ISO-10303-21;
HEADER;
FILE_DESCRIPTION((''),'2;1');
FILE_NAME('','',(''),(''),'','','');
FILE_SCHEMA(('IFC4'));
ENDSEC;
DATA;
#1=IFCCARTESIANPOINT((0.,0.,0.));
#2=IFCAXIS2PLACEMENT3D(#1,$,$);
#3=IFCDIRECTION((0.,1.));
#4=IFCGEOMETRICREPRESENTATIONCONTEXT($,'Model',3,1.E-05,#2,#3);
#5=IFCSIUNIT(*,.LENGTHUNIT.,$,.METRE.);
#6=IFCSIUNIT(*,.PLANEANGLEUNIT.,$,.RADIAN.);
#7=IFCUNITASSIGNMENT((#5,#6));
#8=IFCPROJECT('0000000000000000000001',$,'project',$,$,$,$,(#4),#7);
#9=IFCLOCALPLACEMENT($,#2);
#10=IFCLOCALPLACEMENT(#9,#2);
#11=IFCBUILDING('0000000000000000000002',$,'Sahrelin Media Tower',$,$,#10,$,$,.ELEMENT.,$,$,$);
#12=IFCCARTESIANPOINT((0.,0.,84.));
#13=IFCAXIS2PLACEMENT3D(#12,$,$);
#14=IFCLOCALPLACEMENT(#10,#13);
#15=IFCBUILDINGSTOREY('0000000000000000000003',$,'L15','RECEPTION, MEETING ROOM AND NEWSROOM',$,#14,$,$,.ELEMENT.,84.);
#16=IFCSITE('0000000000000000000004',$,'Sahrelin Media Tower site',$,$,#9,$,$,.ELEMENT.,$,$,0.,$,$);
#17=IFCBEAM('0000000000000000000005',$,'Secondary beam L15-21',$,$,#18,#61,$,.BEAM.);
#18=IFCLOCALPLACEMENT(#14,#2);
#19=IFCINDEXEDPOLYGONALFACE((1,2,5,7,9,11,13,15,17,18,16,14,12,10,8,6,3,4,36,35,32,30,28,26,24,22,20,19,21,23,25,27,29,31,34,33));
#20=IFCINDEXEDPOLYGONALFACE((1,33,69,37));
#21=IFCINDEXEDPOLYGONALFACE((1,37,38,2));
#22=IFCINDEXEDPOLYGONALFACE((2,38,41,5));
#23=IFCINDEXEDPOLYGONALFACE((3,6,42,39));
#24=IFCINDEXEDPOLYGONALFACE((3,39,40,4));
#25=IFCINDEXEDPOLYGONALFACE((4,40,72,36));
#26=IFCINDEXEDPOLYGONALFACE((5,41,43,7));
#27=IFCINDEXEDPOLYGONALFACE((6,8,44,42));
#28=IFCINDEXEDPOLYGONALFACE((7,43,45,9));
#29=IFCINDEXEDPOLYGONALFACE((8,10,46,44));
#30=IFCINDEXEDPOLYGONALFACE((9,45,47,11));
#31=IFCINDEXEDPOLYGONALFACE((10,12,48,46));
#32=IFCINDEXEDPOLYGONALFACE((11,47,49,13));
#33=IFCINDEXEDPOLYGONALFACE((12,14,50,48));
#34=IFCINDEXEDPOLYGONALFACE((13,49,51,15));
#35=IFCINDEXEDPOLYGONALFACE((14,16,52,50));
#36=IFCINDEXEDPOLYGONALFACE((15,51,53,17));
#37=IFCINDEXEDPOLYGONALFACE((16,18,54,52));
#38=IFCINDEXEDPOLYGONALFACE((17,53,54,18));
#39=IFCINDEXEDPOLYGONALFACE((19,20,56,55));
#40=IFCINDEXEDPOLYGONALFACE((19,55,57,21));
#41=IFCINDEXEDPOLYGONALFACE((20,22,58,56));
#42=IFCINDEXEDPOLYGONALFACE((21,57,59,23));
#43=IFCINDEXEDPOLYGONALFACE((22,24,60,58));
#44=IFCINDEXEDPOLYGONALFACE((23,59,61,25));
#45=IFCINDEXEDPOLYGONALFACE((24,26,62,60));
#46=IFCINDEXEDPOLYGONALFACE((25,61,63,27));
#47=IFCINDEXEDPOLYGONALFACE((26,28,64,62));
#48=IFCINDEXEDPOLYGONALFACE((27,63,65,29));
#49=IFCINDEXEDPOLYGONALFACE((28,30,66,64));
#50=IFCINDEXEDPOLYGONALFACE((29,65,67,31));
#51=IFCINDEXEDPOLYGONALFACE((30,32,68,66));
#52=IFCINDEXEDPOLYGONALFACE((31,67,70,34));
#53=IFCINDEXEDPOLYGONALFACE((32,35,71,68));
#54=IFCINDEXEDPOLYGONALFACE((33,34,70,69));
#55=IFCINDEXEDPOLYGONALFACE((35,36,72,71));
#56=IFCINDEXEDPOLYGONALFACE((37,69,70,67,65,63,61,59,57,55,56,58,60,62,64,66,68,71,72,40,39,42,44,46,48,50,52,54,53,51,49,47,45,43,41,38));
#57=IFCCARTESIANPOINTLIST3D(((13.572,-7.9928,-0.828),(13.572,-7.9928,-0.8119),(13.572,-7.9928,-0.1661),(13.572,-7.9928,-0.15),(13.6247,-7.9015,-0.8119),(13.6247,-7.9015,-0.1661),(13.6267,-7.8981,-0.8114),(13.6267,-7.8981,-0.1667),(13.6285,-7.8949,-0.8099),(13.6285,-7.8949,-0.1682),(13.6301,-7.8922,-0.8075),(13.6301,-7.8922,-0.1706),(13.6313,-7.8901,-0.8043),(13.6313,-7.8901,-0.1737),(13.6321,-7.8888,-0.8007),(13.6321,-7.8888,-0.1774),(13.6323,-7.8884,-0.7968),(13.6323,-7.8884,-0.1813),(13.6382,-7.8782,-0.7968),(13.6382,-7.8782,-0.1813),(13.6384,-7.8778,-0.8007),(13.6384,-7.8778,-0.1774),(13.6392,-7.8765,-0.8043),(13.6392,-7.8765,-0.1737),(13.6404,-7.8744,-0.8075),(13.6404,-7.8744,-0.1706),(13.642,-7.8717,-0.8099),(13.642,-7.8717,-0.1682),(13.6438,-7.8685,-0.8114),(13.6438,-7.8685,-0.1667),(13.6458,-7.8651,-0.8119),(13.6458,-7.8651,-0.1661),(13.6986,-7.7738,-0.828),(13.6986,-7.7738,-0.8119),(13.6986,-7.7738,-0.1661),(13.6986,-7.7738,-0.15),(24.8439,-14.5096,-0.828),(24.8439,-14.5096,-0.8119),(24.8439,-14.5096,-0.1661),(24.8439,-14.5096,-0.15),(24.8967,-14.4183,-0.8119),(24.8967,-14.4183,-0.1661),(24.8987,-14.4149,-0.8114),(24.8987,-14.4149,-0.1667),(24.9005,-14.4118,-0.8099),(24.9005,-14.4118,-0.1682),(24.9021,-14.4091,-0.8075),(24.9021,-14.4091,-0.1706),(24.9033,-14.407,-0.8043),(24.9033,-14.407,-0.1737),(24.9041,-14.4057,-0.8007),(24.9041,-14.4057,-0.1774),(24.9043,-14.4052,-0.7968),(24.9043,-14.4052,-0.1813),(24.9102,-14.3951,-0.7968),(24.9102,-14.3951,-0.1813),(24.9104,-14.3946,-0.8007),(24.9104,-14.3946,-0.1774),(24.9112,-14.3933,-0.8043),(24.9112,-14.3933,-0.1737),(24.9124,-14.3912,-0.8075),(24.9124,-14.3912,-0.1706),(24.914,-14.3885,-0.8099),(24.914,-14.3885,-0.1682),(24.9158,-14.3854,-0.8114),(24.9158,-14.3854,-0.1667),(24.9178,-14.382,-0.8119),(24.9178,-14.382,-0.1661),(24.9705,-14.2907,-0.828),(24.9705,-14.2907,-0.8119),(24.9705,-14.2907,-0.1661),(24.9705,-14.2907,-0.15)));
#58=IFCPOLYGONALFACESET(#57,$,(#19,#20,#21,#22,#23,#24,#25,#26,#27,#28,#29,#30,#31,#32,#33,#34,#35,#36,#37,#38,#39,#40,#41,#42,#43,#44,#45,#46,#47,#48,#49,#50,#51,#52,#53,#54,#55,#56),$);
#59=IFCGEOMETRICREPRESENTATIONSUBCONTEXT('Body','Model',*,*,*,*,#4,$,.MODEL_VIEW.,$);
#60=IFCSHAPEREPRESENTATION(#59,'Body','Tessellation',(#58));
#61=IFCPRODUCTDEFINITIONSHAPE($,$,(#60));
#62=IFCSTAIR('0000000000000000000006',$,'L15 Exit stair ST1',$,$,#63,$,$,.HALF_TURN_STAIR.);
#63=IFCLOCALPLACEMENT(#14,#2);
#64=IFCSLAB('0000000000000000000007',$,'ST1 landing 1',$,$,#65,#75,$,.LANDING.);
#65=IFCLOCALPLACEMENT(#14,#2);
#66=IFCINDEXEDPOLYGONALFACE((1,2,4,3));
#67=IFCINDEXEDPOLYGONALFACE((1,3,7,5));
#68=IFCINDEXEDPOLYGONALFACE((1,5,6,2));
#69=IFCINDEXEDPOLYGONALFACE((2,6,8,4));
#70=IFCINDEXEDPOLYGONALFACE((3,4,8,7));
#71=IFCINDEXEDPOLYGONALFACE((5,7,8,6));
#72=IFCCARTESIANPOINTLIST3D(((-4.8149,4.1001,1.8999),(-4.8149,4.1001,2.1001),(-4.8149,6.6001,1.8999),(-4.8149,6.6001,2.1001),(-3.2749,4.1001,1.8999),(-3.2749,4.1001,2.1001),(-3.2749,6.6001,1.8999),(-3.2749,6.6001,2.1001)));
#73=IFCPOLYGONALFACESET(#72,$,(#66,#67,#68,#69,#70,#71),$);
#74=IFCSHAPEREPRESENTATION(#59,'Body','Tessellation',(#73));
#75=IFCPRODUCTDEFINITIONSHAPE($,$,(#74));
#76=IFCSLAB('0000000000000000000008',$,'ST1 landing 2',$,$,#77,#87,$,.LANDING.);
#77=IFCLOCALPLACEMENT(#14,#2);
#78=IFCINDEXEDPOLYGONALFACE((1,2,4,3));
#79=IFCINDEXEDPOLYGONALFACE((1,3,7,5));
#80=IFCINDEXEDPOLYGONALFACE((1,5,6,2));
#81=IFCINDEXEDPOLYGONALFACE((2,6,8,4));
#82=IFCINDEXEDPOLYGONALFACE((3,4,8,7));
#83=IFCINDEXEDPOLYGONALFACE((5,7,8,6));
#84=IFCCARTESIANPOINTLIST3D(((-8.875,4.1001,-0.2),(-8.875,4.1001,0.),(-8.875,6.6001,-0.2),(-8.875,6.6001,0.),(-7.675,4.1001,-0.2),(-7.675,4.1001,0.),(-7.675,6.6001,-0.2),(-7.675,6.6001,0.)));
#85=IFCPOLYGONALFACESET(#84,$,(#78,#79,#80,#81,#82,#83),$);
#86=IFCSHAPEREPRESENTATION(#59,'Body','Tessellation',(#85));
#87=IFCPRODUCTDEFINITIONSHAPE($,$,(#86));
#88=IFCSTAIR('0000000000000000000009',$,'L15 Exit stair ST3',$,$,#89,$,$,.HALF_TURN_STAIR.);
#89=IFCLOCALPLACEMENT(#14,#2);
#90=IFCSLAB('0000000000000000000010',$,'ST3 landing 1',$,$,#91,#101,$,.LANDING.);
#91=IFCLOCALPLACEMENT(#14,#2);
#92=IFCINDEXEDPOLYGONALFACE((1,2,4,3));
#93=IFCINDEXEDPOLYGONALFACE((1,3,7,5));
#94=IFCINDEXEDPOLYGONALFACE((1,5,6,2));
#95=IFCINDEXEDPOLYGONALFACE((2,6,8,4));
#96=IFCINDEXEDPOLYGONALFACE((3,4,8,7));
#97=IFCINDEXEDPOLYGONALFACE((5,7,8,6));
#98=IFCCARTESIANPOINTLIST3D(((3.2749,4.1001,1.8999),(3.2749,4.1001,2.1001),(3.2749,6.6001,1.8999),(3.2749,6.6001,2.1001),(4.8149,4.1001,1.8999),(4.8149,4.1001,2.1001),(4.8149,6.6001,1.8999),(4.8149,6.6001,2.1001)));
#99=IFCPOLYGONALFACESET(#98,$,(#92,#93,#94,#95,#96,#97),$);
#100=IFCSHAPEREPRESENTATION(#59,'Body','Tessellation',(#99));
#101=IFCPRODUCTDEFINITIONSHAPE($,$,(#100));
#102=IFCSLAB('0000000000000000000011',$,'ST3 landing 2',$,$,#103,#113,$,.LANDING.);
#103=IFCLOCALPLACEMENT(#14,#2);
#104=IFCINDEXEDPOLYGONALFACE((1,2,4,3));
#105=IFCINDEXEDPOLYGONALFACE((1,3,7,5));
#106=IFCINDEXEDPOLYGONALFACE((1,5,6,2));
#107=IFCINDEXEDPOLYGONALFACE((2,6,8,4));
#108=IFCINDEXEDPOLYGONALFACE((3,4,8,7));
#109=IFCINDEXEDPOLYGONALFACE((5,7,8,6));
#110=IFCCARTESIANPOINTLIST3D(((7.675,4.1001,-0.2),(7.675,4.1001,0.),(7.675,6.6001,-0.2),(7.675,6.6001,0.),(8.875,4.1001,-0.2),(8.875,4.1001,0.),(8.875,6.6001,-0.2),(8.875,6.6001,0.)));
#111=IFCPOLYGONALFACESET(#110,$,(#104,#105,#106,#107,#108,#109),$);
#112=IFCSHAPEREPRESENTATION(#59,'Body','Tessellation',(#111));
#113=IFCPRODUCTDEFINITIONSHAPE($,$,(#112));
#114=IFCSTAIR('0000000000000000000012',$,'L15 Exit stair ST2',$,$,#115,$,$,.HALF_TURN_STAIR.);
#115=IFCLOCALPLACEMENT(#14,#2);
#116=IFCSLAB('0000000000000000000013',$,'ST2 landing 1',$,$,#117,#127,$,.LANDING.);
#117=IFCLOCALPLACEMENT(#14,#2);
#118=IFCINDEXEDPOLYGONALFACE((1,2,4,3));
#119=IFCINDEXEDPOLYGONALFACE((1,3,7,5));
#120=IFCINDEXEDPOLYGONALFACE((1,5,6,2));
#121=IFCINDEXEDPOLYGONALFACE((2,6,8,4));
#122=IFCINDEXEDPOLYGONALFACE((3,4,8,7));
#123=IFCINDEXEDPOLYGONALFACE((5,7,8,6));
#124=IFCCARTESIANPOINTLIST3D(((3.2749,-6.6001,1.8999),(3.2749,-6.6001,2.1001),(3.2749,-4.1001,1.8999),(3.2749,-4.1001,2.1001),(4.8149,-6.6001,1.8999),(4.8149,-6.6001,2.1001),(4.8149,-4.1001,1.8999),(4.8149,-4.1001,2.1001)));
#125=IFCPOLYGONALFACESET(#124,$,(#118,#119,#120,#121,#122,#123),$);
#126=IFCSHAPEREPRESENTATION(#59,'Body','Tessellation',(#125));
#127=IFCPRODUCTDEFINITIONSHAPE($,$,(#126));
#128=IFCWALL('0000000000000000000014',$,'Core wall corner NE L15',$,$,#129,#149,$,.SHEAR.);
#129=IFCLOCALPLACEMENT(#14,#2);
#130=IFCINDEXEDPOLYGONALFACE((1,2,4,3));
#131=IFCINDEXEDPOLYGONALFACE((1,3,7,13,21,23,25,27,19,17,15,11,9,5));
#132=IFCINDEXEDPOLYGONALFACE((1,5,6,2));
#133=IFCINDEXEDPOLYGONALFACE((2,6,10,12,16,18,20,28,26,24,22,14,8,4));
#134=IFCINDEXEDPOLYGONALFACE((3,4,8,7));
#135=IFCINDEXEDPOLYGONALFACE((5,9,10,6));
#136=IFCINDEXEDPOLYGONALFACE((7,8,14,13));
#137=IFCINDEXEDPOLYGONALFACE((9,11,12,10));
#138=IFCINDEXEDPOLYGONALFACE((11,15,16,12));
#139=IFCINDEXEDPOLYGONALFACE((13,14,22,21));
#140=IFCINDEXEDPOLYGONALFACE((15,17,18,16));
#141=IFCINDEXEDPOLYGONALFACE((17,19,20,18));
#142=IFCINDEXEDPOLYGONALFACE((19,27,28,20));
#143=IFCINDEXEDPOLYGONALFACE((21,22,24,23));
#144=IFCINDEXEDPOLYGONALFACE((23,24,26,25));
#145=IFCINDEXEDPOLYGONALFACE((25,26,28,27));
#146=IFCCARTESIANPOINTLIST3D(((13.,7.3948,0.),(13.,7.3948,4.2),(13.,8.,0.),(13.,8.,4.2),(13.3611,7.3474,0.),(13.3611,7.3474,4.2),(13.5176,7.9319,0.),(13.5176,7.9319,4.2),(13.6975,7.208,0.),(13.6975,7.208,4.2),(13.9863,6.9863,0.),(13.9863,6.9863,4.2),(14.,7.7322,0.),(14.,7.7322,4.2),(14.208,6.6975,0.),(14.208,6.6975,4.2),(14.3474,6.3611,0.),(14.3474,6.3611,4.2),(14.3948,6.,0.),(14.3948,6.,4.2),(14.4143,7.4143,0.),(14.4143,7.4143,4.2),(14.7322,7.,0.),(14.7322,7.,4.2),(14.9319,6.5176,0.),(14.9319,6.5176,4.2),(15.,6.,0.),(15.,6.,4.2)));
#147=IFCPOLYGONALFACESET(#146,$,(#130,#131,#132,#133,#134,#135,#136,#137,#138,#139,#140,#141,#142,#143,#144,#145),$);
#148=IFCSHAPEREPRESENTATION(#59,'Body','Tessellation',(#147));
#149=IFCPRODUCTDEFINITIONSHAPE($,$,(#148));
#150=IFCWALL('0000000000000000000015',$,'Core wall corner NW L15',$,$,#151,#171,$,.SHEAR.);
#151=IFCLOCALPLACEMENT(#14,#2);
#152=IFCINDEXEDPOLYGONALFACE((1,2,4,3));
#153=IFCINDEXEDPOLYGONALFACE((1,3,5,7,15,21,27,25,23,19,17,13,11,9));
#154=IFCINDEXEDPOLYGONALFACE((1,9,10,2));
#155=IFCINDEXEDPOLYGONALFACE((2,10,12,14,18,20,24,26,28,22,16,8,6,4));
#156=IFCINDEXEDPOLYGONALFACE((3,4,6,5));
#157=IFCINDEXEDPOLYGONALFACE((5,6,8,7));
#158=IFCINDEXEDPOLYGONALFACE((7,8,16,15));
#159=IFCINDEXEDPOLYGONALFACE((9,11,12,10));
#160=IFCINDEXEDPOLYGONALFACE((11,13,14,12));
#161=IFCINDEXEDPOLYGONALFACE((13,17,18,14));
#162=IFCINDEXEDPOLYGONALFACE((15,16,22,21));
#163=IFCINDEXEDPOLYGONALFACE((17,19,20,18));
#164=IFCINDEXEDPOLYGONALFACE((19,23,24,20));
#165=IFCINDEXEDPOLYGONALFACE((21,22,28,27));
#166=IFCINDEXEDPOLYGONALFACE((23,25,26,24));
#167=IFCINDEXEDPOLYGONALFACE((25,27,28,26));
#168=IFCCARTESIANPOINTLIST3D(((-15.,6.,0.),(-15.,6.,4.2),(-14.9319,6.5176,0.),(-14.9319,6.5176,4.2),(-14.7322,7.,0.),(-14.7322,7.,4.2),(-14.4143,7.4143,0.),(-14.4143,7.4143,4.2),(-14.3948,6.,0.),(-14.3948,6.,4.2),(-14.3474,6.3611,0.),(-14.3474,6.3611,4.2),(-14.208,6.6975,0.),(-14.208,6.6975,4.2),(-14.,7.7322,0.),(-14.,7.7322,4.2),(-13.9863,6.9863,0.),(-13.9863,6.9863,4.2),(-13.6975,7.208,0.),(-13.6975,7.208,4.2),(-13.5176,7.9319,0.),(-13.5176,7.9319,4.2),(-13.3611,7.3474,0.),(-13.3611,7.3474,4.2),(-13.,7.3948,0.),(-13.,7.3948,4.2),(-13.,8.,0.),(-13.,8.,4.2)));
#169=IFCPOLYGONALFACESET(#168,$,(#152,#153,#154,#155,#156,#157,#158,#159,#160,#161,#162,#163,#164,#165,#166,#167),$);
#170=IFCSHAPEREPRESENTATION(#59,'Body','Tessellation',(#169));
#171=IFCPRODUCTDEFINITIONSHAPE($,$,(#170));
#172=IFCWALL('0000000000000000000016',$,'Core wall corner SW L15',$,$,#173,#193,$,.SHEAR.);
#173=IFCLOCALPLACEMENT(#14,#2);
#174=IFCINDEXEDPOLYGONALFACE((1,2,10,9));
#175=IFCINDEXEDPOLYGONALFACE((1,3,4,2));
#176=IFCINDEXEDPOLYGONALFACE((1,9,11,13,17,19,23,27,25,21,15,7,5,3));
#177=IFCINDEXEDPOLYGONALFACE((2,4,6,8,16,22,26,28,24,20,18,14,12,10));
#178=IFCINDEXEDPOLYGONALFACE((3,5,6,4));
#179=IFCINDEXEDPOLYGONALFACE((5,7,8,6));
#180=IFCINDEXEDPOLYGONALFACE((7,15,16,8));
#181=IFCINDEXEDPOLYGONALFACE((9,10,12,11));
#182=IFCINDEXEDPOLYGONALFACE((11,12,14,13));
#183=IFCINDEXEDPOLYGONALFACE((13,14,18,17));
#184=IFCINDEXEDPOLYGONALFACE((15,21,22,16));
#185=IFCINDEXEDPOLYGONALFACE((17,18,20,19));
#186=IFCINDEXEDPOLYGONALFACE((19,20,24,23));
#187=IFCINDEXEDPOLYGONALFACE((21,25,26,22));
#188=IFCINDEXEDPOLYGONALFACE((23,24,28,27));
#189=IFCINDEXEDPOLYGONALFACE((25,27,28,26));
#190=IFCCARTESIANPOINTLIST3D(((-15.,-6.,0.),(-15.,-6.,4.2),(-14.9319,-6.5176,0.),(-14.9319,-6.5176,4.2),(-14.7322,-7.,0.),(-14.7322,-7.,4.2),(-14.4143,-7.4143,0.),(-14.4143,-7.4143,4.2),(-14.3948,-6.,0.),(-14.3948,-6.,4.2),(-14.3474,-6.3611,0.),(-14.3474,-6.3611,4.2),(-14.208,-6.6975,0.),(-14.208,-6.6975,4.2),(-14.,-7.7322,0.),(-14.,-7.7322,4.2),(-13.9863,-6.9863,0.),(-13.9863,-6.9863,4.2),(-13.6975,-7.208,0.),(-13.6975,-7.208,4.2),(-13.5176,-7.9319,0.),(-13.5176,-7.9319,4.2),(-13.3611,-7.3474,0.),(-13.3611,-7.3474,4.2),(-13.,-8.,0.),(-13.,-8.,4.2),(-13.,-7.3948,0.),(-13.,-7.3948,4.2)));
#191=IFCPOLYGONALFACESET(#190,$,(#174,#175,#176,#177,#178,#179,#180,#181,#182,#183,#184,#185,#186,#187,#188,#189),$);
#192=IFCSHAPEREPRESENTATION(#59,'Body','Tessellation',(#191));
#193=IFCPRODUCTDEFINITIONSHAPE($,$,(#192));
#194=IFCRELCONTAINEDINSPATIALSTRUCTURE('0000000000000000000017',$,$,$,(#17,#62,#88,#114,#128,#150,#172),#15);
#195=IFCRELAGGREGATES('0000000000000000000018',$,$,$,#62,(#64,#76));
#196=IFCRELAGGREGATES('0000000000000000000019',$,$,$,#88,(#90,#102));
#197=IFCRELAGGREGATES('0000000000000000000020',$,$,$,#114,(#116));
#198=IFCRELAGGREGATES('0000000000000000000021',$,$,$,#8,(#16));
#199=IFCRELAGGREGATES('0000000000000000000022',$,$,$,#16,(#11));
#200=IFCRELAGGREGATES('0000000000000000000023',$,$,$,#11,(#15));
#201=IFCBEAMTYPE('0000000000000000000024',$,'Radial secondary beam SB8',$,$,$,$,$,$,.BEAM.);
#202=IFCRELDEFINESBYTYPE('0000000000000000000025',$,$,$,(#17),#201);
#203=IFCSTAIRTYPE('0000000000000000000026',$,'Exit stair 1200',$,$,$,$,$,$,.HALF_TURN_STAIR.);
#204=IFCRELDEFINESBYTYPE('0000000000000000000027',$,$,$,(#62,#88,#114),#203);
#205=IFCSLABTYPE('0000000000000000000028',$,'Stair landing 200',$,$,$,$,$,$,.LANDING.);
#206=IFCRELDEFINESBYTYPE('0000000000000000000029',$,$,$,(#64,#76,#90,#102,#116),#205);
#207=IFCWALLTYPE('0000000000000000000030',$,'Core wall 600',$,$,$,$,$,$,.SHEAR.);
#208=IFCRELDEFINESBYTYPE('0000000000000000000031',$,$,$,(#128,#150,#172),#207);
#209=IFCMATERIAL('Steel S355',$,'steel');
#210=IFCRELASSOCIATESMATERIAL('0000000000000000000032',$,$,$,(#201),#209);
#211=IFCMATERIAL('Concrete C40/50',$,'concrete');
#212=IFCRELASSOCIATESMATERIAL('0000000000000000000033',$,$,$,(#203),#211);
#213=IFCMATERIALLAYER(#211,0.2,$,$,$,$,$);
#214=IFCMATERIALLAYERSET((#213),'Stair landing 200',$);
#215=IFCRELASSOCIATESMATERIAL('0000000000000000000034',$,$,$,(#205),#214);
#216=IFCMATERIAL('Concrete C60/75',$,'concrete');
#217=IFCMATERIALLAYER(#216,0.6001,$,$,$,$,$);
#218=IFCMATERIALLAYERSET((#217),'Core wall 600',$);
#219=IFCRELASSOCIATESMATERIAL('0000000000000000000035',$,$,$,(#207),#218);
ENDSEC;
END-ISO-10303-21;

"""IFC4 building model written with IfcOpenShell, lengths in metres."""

from ifc_helpers import new_model, si_unit, direction, frame, origin, origin_2d, place, context, subcontext, project, spatial, polyline, i_section, outline, extrude, material, layer, layer_set, material_profile, profile_set, type_object, element, aggregate, save


model = new_model("IFC4")

# Units and contexts
model_context = context("Model", 3, precision=1e-05, world=origin(), true_north=direction((0.0, 1.0)))
body_context = subcontext(model_context, "Body", "Model", "MODEL_VIEW")
ifc_project = project(units=[si_unit("LENGTHUNIT", "METRE"), si_unit("PLANEANGLEUNIT", "RADIAN")], contexts=[model_context])

# Site, building, storey
site_placement = place(None, origin())
site = spatial("IfcSite", under=ifc_project, at=site_placement, Name="Sahrelin Media Tower site", CompositionType="ELEMENT", RefElevation=0.0)
building_placement = place(site_placement, origin())
building = spatial("IfcBuilding", under=site, at=building_placement, Name="Sahrelin Media Tower", CompositionType="ELEMENT")
storey_placement = place(building_placement, frame((0.0, 0.0, 84.0)))
storey = spatial("IfcBuildingStorey", under=building, at=storey_placement, Name="L15", Description="RECEPTION, MEETING ROOM AND NEWSROOM", CompositionType="ELEMENT", Elevation=84.0)

# Beam
ifc_material_1 = material(Name="Steel S355", Category="steel")
ifc_material_profile = material_profile(ifc_material_1, i_section(OverallWidth=0.2529, OverallDepth=0.678, WebThickness=0.0117, FlangeThickness=0.0161, FilletRadius=0.0151, at=origin_2d()), Name="UB 686x254x125")
ifc_profile_set = profile_set([ifc_material_profile], Name="Steel S355")
beam_type = type_object("IfcBeamType", Name="Radial secondary beam SB8", PredefinedType="BEAM", material=ifc_profile_set)
beam_placement = place(storey_placement, frame((13.6353, -7.8833, -0.489), z_axis=(0.865727, -0.500517, 0.0), x_axis=(0.500517, 0.865727, 0.0)))
element("IfcBeam", 1, at=beam_placement, inside=storey, type_object=beam_type, Name="Secondary beam L15-21", PredefinedType="BEAM", context=body_context, shape_type="SweptSolid", body=[
    extrude(i_section(OverallWidth=0.2529, OverallDepth=0.678, WebThickness=0.0117, FlangeThickness=0.0161, FilletRadius=0.0151, at=origin_2d()), origin(), (0.0, 0.0, 1.0), 13.0203),
])

# Stairs, slabs
ifc_material_2 = material(Name="Concrete C40/50", Category="concrete")
stair_type = type_object("IfcStairType", Name="Exit stair 1200", PredefinedType="HALF_TURN_STAIR", material=ifc_material_2)
placement_1 = place(storey_placement, origin())
stair_1 = element("IfcStair", 2, at=placement_1, inside=storey, type_object=stair_type, Name="L15 Exit stair ST1", PredefinedType="HALF_TURN_STAIR")
ifc_layer_1 = layer(ifc_material_2, 0.2)
ifc_layer_set_1 = layer_set([ifc_layer_1], Name="Stair landing 200")
slab_type = type_object("IfcSlabType", Name="Stair landing 200", PredefinedType="LANDING", material=ifc_layer_set_1)
placement_2 = place(storey_placement, frame((0.0, 0.0, 1.8999)))
slab_1 = element("IfcSlab", 3, at=placement_2, type_object=slab_type, Name="ST1 landing 1", PredefinedType="LANDING", context=body_context, shape_type="SweptSolid", body=[
    extrude(outline(polyline([(-4.8149, 4.1001), (-3.2749, 4.1001), (-3.2749, 6.6001), (-4.8149, 6.6001), (-4.8149, 4.1001)])), origin(), (0.0, 0.0, 1.0), 0.2002),
])
placement_3 = place(storey_placement, frame((0.0, 0.0, -0.2)))
slab_2 = element("IfcSlab", 4, at=placement_3, type_object=slab_type, Name="ST1 landing 2", PredefinedType="LANDING", context=body_context, shape_type="SweptSolid", body=[
    extrude(outline(polyline([(-8.875, 4.1001), (-7.675, 4.1001), (-7.675, 6.6001), (-8.875, 6.6001), (-8.875, 4.1001)])), origin(), (0.0, 0.0, 1.0), 0.2),
])
aggregate(stair_1, [slab_1, slab_2])
stair_2 = element("IfcStair", 5, at=placement_1, inside=storey, type_object=stair_type, Name="L15 Exit stair ST3", PredefinedType="HALF_TURN_STAIR")
slab_3 = element("IfcSlab", 6, at=placement_2, type_object=slab_type, Name="ST3 landing 1", PredefinedType="LANDING", context=body_context, shape_type="SweptSolid", body=[
    extrude(outline(polyline([(4.8149, 6.6001), (3.2749, 6.6001), (3.2749, 4.1001), (4.8149, 4.1001), (4.8149, 6.6001)])), origin(), (0.0, 0.0, 1.0), 0.2002),
])
slab_4 = element("IfcSlab", 7, at=placement_3, type_object=slab_type, Name="ST3 landing 2", PredefinedType="LANDING", context=body_context, shape_type="SweptSolid", body=[
    extrude(outline(polyline([(8.875, 6.6001), (7.675, 6.6001), (7.675, 4.1001), (8.875, 4.1001), (8.875, 6.6001)])), origin(), (0.0, 0.0, 1.0), 0.2),
])
aggregate(stair_2, [slab_3, slab_4])

# Stair, slab
stair_3 = element("IfcStair", 8, at=placement_1, inside=storey, type_object=stair_type, Name="L15 Exit stair ST2", PredefinedType="HALF_TURN_STAIR")
slab_5 = element("IfcSlab", 9, at=placement_2, type_object=slab_type, Name="ST2 landing 1", PredefinedType="LANDING", context=body_context, shape_type="SweptSolid", body=[
    extrude(outline(polyline([(4.8149, -4.1001), (3.2749, -4.1001), (3.2749, -6.6001), (4.8149, -6.6001), (4.8149, -4.1001)])), origin(), (0.0, 0.0, 1.0), 0.2002),
])
aggregate(stair_3, [slab_5])

# Walls
ifc_material_3 = material(Name="Concrete C60/75", Category="concrete")
ifc_layer_2 = layer(ifc_material_3, 0.6001)
ifc_layer_set_2 = layer_set([ifc_layer_2], Name="Core wall 600")
wall_type_1 = type_object("IfcWallType", Name="Core wall 600", PredefinedType="SHEAR", material=ifc_layer_set_2)
element("IfcWall", 10, at=placement_1, inside=storey, type_object=wall_type_1, Name="Core wall corner NE L15", PredefinedType="SHEAR", context=body_context, shape_type="SweptSolid", body=[
    extrude(outline(polyline([(13.0, 8.0), (13.0, 7.3948), (13.3611, 7.3474), (13.6975, 7.208), (13.9863, 6.9863), (14.208, 6.6975), (14.3474, 6.3611), (14.3948, 6.0), (15.0, 6.0), (14.9319, 6.5176), (14.7322, 7.0), (14.4143, 7.4143), (14.0, 7.7322), (13.5176, 7.9319), (13.0, 8.0)])), origin(), (0.0, 0.0, 1.0), 4.2),
])
element("IfcWall", 11, at=placement_1, inside=storey, type_object=wall_type_1, Name="Core wall corner NW L15", PredefinedType="SHEAR", context=body_context, shape_type="SweptSolid", body=[
    extrude(outline(polyline([(-15.0, 6.0), (-14.3948, 6.0), (-14.3474, 6.3611), (-14.208, 6.6975), (-13.9863, 6.9863), (-13.6975, 7.208), (-13.3611, 7.3474), (-13.0, 7.3948), (-13.0, 8.0), (-13.5176, 7.9319), (-14.0, 7.7322), (-14.4143, 7.4143), (-14.7322, 7.0), (-14.9319, 6.5176), (-15.0, 6.0)])), origin(), (0.0, 0.0, 1.0), 4.2),
])
element("IfcWall", 12, at=placement_1, inside=storey, type_object=wall_type_1, Name="Core wall corner SW L15", PredefinedType="SHEAR", context=body_context, shape_type="SweptSolid", body=[
    extrude(outline(polyline([(-13.0, -8.0), (-13.0, -7.3948), (-13.3611, -7.3474), (-13.6975, -7.208), (-13.9863, -6.9863), (-14.208, -6.6975), (-14.3474, -6.3611), (-14.3948, -6.0), (-15.0, -6.0), (-14.9319, -6.5176), (-14.7322, -7.0), (-14.4143, -7.4143), (-14.0, -7.7322), (-13.5176, -7.9319), (-13.0, -8.0)])), origin(), (0.0, 0.0, 1.0), 4.2),
])

save(model, "model.ifc")
